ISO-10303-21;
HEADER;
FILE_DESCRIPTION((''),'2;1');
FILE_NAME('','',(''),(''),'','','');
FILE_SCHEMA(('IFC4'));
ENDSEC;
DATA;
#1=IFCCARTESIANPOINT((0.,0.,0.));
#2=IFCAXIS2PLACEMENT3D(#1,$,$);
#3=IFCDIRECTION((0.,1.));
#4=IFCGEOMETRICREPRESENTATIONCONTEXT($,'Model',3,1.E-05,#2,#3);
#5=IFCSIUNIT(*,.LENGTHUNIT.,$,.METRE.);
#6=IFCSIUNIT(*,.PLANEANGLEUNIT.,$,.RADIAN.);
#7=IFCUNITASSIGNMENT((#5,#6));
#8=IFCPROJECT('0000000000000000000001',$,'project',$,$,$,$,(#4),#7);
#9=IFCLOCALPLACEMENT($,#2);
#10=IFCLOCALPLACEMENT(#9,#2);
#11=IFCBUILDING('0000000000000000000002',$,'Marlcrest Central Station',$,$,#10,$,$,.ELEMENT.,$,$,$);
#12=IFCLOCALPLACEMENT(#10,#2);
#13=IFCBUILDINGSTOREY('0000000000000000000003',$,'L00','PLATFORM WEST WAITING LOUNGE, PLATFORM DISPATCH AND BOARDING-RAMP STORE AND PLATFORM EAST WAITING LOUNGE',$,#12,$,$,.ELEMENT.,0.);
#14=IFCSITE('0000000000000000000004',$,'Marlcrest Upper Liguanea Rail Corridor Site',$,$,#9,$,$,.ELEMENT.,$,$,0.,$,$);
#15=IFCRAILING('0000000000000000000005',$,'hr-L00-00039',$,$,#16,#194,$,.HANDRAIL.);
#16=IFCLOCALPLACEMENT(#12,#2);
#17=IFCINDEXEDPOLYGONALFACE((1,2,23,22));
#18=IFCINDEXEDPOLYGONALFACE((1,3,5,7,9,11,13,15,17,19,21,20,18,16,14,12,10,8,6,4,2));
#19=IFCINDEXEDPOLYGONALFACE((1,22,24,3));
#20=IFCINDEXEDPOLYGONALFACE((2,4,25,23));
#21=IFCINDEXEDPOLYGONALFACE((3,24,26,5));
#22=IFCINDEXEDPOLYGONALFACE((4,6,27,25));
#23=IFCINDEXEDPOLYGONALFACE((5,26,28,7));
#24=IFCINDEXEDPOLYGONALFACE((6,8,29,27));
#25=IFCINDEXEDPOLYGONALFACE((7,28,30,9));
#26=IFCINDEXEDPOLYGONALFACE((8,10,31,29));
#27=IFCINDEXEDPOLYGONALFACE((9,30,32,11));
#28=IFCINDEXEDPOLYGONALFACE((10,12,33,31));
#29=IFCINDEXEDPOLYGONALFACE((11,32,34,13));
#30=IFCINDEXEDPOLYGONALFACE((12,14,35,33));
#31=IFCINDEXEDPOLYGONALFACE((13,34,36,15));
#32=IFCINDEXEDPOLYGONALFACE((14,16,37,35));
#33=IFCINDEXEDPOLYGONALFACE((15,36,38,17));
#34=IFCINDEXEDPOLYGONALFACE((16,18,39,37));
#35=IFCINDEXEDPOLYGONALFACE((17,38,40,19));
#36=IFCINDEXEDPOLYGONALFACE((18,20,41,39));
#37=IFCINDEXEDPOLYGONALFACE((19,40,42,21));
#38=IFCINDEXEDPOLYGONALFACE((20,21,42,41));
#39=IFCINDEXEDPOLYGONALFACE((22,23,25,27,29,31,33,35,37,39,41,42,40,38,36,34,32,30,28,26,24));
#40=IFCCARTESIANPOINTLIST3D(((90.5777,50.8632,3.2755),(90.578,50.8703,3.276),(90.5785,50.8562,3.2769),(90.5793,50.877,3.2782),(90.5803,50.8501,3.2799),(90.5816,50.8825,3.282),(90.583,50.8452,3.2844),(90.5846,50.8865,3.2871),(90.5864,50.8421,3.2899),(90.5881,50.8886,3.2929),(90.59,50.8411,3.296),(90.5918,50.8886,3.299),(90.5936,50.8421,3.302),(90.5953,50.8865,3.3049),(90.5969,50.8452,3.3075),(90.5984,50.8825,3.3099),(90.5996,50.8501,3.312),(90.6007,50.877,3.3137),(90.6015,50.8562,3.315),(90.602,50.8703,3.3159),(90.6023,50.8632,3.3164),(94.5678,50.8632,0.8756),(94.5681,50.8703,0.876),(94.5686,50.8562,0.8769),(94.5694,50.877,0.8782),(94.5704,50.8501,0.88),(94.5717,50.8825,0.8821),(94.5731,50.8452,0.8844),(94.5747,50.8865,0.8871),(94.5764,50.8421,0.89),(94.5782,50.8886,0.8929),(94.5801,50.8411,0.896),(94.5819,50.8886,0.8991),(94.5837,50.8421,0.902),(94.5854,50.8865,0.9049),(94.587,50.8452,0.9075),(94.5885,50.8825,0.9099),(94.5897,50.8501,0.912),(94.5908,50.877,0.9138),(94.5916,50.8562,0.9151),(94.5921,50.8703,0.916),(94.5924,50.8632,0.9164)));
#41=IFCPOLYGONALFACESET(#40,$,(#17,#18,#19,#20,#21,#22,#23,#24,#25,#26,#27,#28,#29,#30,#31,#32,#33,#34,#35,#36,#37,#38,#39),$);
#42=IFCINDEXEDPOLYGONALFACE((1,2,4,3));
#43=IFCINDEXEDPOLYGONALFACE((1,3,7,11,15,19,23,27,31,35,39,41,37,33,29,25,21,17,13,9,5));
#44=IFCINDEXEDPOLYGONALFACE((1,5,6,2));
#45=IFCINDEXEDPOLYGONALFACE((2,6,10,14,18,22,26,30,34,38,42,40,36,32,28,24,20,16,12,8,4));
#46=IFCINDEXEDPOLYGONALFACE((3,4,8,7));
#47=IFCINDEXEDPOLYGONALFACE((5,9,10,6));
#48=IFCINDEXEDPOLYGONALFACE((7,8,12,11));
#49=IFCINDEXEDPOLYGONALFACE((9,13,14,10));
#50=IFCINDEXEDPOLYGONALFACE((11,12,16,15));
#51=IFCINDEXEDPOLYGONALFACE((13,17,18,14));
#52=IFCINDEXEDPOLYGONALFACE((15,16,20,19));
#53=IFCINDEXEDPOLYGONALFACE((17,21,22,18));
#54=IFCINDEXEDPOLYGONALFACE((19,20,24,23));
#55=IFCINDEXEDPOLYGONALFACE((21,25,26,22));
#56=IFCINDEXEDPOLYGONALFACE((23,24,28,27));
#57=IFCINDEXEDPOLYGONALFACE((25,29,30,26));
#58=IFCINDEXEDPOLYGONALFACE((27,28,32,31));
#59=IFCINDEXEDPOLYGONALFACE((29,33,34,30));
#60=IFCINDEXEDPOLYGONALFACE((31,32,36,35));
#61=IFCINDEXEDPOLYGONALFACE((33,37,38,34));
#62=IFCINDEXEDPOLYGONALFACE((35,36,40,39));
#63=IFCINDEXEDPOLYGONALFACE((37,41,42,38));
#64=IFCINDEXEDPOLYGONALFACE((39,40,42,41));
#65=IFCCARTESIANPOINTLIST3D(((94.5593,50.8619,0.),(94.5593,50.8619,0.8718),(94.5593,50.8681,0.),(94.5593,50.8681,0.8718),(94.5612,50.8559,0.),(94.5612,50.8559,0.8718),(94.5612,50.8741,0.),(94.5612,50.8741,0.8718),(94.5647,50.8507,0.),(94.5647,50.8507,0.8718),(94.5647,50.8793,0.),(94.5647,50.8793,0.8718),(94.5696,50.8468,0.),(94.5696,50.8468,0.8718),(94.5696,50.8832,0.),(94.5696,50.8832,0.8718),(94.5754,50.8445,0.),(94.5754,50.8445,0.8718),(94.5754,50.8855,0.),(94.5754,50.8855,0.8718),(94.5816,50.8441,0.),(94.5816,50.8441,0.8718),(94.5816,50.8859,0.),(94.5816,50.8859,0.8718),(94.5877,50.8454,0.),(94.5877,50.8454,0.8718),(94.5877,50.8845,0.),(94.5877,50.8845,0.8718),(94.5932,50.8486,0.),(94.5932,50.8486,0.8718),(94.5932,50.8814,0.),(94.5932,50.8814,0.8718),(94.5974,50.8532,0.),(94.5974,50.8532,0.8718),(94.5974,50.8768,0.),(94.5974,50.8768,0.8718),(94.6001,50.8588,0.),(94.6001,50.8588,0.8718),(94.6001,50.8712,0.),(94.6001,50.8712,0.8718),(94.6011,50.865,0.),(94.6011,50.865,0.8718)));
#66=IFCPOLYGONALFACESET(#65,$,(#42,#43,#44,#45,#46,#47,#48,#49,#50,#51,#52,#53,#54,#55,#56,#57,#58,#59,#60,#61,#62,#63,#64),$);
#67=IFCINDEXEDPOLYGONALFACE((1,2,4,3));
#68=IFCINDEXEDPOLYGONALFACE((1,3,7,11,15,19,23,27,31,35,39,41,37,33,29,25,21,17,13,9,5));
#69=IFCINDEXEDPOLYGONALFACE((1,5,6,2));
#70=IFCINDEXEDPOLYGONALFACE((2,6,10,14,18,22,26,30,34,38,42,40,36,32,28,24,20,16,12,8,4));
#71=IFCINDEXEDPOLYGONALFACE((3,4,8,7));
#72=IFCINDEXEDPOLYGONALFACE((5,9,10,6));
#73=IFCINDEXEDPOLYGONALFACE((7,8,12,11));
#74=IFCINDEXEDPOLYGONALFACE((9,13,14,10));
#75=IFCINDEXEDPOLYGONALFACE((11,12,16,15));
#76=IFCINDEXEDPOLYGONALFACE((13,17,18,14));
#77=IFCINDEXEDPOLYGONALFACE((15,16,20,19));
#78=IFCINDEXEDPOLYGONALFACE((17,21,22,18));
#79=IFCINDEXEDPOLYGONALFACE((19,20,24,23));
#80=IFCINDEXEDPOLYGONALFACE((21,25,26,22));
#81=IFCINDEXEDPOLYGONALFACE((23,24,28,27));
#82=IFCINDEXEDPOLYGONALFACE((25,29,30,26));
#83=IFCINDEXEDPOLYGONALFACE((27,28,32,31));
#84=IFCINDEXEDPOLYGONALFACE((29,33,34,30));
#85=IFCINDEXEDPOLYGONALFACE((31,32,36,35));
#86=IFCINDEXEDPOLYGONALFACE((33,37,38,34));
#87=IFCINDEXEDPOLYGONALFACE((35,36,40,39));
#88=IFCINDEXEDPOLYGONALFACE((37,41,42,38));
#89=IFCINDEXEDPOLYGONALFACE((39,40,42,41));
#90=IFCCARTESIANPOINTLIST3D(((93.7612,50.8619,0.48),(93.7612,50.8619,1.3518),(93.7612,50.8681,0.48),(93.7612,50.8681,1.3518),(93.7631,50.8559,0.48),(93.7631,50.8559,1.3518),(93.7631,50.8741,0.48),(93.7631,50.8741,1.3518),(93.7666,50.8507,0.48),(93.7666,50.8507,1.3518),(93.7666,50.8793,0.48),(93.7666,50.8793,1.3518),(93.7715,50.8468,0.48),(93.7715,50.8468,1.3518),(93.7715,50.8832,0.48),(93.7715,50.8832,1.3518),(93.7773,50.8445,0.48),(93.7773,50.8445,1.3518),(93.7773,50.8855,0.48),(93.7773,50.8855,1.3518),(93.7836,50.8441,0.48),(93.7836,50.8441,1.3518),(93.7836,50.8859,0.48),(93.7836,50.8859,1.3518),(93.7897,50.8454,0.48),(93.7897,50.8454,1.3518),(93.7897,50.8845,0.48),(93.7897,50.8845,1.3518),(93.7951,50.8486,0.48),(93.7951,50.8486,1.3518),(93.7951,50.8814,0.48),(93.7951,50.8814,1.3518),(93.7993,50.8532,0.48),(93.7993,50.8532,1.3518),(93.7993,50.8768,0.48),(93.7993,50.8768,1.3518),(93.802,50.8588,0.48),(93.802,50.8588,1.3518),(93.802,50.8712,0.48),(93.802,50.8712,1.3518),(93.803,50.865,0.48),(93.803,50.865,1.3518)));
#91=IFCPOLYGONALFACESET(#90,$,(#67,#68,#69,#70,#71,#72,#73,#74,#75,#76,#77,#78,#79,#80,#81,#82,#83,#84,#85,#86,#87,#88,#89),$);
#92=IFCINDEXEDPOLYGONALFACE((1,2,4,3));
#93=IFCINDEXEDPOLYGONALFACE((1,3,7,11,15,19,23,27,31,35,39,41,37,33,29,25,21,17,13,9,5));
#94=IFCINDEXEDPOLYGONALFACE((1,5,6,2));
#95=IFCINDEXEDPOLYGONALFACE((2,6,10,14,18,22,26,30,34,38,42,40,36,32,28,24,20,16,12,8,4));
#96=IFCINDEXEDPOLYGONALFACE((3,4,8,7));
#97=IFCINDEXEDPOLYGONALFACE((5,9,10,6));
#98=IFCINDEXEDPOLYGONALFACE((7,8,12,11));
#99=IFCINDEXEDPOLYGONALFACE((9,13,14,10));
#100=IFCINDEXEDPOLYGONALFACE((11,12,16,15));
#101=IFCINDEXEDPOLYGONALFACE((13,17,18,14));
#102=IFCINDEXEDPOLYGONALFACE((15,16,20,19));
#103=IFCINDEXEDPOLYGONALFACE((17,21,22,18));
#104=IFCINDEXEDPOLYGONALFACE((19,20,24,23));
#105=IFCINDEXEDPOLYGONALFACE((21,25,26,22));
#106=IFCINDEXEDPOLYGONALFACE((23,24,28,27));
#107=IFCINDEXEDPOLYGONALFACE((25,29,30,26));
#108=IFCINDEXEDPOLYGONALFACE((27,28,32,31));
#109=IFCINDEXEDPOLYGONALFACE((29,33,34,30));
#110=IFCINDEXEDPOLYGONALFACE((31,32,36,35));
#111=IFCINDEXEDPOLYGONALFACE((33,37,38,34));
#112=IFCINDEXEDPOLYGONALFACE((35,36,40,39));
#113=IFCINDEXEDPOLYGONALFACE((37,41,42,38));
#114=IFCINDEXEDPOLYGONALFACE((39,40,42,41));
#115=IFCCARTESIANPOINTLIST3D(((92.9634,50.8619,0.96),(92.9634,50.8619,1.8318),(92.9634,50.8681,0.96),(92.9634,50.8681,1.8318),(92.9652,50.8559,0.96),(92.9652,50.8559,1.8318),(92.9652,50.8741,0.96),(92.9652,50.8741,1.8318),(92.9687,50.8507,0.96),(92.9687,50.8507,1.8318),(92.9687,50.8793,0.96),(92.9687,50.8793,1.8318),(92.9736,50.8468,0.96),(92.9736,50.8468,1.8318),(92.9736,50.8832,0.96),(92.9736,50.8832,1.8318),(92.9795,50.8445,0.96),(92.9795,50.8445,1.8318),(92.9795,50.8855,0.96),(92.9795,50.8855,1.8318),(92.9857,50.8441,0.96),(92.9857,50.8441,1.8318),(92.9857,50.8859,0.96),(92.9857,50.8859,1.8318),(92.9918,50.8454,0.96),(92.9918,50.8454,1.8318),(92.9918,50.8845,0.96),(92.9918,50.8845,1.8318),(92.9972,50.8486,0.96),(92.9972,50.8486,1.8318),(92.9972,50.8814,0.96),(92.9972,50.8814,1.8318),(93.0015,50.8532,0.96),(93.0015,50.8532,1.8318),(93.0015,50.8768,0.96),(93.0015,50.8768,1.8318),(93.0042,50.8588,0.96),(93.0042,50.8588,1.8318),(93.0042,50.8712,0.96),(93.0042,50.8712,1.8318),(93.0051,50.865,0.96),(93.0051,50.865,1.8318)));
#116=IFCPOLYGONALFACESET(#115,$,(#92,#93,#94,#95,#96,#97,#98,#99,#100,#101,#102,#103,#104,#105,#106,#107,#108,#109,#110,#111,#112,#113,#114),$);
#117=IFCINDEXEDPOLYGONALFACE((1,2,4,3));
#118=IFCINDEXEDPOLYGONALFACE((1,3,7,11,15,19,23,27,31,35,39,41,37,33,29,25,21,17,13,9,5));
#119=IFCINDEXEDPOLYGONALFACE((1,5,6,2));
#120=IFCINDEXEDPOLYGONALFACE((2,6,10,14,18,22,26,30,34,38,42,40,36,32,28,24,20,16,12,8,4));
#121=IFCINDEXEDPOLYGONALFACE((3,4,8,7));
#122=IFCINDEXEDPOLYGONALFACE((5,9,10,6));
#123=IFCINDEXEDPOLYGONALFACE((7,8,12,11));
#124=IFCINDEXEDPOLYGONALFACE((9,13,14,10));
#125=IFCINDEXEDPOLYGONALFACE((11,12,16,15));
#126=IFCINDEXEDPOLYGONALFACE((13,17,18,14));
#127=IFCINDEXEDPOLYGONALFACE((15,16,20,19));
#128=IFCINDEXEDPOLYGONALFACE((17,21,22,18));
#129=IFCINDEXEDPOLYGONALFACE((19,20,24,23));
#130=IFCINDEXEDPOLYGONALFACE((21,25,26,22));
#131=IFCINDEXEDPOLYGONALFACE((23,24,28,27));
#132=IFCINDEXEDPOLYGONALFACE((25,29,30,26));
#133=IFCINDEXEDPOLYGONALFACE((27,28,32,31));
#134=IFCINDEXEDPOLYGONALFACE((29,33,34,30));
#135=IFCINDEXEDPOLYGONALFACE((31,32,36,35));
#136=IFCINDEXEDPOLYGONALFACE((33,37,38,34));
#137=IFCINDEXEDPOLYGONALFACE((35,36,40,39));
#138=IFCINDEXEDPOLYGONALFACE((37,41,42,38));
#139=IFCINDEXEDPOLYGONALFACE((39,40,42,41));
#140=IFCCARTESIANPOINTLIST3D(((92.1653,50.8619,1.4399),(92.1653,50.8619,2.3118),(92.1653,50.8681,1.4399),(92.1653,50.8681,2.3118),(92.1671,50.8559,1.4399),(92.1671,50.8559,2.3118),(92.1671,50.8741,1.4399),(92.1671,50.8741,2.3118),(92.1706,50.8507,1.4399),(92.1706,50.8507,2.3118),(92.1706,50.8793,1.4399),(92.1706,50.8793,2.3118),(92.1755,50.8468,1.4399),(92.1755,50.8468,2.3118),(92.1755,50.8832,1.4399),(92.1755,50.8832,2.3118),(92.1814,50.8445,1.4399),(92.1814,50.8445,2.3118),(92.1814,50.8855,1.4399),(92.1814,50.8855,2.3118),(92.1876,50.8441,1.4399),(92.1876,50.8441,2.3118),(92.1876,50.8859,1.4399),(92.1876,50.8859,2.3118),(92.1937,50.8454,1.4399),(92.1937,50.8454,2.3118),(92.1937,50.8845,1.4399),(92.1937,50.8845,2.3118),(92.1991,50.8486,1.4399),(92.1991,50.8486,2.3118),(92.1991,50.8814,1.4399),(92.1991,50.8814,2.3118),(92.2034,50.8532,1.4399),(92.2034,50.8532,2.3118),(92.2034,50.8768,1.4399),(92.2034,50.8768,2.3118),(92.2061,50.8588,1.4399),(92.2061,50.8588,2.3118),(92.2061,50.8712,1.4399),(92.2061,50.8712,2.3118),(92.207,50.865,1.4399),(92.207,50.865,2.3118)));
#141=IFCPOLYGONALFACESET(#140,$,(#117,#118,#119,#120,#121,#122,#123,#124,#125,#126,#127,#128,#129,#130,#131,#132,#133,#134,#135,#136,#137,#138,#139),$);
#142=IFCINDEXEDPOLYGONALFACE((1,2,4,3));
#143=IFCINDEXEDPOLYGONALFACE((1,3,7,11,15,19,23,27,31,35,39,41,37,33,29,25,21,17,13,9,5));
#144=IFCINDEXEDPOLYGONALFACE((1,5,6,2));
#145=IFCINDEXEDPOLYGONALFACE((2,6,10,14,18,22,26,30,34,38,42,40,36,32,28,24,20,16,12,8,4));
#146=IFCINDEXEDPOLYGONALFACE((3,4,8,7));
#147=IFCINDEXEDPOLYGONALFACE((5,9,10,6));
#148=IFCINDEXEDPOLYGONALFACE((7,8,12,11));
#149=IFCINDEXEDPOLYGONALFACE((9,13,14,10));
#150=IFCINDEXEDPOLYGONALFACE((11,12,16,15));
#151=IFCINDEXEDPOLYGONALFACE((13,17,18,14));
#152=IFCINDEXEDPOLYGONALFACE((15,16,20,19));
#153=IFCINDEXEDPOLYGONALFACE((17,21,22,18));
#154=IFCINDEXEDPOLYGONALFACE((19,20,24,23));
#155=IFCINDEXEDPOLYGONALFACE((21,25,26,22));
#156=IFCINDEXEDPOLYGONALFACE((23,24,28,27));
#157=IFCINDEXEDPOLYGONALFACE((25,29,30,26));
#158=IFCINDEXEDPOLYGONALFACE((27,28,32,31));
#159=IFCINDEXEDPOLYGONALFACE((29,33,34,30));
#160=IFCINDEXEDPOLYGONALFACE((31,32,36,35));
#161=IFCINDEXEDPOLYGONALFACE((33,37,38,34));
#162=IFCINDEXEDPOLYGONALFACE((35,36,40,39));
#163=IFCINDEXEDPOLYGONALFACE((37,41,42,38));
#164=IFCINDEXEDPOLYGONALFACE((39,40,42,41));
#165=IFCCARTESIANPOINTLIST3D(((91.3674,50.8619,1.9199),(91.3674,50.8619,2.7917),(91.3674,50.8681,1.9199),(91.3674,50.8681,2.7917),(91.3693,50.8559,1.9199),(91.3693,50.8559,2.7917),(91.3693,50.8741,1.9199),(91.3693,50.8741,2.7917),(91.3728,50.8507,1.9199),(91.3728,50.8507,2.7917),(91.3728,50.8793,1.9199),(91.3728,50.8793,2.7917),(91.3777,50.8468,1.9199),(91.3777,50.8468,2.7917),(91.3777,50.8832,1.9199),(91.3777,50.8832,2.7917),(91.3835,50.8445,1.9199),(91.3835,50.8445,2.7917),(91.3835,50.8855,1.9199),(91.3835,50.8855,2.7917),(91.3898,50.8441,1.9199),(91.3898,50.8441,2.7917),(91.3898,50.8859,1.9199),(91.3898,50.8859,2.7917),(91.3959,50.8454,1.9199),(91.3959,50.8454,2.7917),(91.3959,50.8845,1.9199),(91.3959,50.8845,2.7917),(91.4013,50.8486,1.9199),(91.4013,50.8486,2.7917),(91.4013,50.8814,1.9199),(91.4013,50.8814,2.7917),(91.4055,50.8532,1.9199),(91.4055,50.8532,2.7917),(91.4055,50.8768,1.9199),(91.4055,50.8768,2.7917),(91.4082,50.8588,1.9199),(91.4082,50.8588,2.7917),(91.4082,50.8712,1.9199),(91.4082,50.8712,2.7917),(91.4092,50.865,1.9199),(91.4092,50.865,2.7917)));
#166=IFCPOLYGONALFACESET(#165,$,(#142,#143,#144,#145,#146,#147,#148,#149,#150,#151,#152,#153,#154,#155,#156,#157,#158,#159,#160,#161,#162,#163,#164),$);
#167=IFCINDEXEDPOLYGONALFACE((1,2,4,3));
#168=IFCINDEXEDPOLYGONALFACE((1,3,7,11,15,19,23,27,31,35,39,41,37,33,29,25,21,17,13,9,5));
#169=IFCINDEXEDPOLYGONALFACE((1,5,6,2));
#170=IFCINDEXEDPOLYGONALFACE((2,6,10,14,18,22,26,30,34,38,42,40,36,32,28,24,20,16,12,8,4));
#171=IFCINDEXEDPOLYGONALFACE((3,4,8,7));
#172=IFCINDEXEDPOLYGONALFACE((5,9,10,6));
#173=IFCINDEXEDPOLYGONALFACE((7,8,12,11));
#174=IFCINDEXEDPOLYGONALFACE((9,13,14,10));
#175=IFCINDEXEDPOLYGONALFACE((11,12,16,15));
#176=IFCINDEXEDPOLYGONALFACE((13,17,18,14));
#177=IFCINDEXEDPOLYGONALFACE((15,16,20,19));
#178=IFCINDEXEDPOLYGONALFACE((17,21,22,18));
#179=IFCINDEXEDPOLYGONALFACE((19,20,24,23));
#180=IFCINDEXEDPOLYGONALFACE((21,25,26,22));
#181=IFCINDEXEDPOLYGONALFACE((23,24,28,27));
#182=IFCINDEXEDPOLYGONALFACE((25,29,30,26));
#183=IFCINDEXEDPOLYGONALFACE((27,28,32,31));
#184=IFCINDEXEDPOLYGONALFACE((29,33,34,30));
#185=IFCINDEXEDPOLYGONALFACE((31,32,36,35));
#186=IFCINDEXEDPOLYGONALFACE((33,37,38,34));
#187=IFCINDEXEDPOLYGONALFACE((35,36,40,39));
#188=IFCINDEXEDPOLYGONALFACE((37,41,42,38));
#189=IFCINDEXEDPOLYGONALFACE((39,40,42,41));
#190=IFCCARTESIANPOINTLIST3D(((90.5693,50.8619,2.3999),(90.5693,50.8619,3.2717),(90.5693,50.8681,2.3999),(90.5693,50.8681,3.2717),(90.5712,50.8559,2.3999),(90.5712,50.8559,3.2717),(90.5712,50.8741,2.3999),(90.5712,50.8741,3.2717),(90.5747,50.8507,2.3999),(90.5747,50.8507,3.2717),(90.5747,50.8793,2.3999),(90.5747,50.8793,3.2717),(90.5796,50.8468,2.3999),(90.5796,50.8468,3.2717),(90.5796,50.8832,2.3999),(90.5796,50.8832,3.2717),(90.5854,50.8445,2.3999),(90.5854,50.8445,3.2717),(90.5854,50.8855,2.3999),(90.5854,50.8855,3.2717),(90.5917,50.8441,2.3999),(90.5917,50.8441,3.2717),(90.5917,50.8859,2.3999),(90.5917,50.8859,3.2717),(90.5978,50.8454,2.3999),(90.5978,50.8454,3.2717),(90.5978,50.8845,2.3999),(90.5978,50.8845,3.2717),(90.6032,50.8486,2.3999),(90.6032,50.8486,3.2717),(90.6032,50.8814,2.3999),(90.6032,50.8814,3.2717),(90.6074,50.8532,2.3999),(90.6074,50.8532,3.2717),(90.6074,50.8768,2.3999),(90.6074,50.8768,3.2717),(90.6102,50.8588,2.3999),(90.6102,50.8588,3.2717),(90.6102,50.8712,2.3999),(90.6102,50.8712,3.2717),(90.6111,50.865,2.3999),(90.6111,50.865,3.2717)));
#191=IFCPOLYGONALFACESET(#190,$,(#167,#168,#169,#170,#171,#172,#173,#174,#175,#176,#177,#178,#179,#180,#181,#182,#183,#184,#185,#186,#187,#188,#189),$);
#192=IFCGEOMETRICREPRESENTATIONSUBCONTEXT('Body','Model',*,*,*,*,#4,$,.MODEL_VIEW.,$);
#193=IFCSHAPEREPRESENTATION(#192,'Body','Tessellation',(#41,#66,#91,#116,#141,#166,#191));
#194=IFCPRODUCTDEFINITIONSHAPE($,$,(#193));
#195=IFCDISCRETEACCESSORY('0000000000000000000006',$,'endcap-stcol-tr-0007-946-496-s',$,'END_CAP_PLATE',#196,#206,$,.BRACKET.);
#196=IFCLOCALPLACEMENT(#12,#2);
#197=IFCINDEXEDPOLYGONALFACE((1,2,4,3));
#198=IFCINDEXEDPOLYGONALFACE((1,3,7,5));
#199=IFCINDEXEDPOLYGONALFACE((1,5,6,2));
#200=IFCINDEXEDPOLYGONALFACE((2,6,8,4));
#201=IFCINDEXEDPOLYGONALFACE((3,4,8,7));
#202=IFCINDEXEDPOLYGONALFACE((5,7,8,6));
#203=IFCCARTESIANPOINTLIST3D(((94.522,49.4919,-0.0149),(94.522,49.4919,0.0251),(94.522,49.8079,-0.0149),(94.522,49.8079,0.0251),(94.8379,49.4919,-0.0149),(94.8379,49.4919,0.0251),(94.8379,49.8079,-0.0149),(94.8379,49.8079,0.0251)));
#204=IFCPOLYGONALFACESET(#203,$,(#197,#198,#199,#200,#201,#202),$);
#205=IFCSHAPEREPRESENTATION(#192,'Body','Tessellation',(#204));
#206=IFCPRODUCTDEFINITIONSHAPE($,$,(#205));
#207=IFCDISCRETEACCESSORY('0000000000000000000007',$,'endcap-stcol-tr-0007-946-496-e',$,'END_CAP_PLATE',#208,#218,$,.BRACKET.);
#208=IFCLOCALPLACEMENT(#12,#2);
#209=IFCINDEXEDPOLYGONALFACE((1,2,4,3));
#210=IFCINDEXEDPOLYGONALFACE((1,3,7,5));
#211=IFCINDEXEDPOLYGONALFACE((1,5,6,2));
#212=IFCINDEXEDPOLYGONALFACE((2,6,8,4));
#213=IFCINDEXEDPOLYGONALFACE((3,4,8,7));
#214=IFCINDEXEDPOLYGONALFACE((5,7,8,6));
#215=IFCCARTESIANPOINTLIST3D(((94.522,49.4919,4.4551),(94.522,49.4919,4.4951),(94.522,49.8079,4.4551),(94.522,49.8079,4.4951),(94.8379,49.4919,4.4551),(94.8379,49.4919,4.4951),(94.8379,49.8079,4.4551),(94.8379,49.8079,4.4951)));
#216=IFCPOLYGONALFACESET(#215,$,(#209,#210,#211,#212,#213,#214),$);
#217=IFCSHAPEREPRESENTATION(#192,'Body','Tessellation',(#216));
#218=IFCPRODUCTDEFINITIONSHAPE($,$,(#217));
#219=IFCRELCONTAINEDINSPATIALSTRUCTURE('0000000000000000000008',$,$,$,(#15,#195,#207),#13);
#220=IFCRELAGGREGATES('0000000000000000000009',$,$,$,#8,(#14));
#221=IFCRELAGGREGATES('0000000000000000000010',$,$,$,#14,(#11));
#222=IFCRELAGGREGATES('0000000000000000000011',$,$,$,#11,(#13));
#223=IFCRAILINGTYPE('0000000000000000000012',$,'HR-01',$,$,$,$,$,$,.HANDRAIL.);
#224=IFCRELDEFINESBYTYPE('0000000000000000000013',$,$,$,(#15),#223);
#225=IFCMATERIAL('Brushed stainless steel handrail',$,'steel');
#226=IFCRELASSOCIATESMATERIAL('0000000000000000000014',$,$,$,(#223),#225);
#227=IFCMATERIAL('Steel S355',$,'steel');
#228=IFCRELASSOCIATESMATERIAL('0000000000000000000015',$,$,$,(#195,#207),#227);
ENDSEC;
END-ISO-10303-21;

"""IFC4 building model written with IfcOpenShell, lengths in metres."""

from ifc_helpers import new_model, si_unit, direction, frame, origin, origin_2d, place, context, subcontext, project, spatial, rectangle, circle, extrude, material, type_object, element, save


model = new_model("IFC4")

# Units and contexts
model_context = context("Model", 3, precision=1e-05, world=origin(), true_north=direction((0.0, 1.0)))
body_context = subcontext(model_context, "Body", "Model", "MODEL_VIEW")
ifc_project = project(units=[si_unit("LENGTHUNIT", "METRE"), si_unit("PLANEANGLEUNIT", "RADIAN")], contexts=[model_context])

# Site, building, storey
site_placement = place(None, origin())
site = spatial("IfcSite", under=ifc_project, at=site_placement, Name="Marlcrest Upper Liguanea Rail Corridor Site", CompositionType="ELEMENT", RefElevation=0.0)
building_placement = place(site_placement, origin())
building = spatial("IfcBuilding", under=site, at=building_placement, Name="Marlcrest Central Station", CompositionType="ELEMENT")
storey_placement = place(building_placement, origin())
storey = spatial("IfcBuildingStorey", under=building, at=storey_placement, Name="L00", Description="PLATFORM WEST WAITING LOUNGE, PLATFORM DISPATCH AND BOARDING-RAMP STORE AND PLATFORM EAST WAITING LOUNGE", CompositionType="ELEMENT", Elevation=0.0)

# Shared definitions
ifc_material_1 = material(Name="Steel S355", Category="steel")

# Railing
ifc_material_2 = material(Name="Brushed stainless steel handrail", Category="steel")
railing_type = type_object("IfcRailingType", Name="HR-01", PredefinedType="HANDRAIL", material=ifc_material_2)
railing_1_placement = place(storey_placement, frame((94.5801, 50.865, 0.0)))
element("IfcRailing", 1, at=railing_1_placement, inside=storey, type_object=railing_type, Name="hr-L00-00039", PredefinedType="HANDRAIL", context=body_context, shape_type="SweptSolid", body=[
    extrude(circle(Radius=0.0239, at=origin_2d()), frame((0.0, 0.0, 0.896), z_axis=(-0.856933, 0.0, 0.515428), x_axis=(0.0, -1.0, 0.0)), (0.0, 0.0, 1.0), 4.6562),
    extrude(circle(Radius=0.021, at=origin_2d()), origin(), (0.0, 0.0, 1.0), 0.8718),
    extrude(circle(Radius=0.021, at=origin_2d()), frame((-0.7981, 0.0, 0.48)), (0.0, 0.0, 1.0), 0.8718),
    extrude(circle(Radius=0.021, at=origin_2d()), frame((-1.5959, 0.0, 0.96)), (0.0, 0.0, 1.0), 0.8718),
    extrude(circle(Radius=0.021, at=origin_2d()), frame((-2.394, 0.0, 1.4399)), (0.0, 0.0, 1.0), 0.8718),
    extrude(circle(Radius=0.021, at=origin_2d()), frame((-3.1919, 0.0, 1.9199)), (0.0, 0.0, 1.0), 0.8718),
    extrude(circle(Radius=0.021, at=origin_2d()), frame((-3.99, 0.0, 2.3999)), (0.0, 0.0, 1.0), 0.8718),
])

# Discrete accessories
for number, where, z_axis, x_axis, name in (
    (2, (94.6799, 49.6499, -0.0149), (0.0, 0.0, 1.0), (1.0, 0.0, 0.0), "endcap-stcol-tr-0007-946-496-s"),
    (3, (94.6799, 49.6499, 4.4551), (0.0, 0.0, 1.0), (1.0, 0.0, 0.0), "endcap-stcol-tr-0007-946-496-e"),
):
    element("IfcDiscreteAccessory", number, at=place(storey_placement, frame(where, z_axis=z_axis, x_axis=x_axis)), inside=storey, material=ifc_material_1, Name=name, ObjectType="END_CAP_PLATE", PredefinedType="BRACKET", context=body_context, shape_type="SweptSolid", body=[
        extrude(rectangle(XDim=0.3159, YDim=0.3159, at=origin_2d()), origin(), (0.0, 0.0, 1.0), 0.04),
    ])

save(model, "model.ifc")
